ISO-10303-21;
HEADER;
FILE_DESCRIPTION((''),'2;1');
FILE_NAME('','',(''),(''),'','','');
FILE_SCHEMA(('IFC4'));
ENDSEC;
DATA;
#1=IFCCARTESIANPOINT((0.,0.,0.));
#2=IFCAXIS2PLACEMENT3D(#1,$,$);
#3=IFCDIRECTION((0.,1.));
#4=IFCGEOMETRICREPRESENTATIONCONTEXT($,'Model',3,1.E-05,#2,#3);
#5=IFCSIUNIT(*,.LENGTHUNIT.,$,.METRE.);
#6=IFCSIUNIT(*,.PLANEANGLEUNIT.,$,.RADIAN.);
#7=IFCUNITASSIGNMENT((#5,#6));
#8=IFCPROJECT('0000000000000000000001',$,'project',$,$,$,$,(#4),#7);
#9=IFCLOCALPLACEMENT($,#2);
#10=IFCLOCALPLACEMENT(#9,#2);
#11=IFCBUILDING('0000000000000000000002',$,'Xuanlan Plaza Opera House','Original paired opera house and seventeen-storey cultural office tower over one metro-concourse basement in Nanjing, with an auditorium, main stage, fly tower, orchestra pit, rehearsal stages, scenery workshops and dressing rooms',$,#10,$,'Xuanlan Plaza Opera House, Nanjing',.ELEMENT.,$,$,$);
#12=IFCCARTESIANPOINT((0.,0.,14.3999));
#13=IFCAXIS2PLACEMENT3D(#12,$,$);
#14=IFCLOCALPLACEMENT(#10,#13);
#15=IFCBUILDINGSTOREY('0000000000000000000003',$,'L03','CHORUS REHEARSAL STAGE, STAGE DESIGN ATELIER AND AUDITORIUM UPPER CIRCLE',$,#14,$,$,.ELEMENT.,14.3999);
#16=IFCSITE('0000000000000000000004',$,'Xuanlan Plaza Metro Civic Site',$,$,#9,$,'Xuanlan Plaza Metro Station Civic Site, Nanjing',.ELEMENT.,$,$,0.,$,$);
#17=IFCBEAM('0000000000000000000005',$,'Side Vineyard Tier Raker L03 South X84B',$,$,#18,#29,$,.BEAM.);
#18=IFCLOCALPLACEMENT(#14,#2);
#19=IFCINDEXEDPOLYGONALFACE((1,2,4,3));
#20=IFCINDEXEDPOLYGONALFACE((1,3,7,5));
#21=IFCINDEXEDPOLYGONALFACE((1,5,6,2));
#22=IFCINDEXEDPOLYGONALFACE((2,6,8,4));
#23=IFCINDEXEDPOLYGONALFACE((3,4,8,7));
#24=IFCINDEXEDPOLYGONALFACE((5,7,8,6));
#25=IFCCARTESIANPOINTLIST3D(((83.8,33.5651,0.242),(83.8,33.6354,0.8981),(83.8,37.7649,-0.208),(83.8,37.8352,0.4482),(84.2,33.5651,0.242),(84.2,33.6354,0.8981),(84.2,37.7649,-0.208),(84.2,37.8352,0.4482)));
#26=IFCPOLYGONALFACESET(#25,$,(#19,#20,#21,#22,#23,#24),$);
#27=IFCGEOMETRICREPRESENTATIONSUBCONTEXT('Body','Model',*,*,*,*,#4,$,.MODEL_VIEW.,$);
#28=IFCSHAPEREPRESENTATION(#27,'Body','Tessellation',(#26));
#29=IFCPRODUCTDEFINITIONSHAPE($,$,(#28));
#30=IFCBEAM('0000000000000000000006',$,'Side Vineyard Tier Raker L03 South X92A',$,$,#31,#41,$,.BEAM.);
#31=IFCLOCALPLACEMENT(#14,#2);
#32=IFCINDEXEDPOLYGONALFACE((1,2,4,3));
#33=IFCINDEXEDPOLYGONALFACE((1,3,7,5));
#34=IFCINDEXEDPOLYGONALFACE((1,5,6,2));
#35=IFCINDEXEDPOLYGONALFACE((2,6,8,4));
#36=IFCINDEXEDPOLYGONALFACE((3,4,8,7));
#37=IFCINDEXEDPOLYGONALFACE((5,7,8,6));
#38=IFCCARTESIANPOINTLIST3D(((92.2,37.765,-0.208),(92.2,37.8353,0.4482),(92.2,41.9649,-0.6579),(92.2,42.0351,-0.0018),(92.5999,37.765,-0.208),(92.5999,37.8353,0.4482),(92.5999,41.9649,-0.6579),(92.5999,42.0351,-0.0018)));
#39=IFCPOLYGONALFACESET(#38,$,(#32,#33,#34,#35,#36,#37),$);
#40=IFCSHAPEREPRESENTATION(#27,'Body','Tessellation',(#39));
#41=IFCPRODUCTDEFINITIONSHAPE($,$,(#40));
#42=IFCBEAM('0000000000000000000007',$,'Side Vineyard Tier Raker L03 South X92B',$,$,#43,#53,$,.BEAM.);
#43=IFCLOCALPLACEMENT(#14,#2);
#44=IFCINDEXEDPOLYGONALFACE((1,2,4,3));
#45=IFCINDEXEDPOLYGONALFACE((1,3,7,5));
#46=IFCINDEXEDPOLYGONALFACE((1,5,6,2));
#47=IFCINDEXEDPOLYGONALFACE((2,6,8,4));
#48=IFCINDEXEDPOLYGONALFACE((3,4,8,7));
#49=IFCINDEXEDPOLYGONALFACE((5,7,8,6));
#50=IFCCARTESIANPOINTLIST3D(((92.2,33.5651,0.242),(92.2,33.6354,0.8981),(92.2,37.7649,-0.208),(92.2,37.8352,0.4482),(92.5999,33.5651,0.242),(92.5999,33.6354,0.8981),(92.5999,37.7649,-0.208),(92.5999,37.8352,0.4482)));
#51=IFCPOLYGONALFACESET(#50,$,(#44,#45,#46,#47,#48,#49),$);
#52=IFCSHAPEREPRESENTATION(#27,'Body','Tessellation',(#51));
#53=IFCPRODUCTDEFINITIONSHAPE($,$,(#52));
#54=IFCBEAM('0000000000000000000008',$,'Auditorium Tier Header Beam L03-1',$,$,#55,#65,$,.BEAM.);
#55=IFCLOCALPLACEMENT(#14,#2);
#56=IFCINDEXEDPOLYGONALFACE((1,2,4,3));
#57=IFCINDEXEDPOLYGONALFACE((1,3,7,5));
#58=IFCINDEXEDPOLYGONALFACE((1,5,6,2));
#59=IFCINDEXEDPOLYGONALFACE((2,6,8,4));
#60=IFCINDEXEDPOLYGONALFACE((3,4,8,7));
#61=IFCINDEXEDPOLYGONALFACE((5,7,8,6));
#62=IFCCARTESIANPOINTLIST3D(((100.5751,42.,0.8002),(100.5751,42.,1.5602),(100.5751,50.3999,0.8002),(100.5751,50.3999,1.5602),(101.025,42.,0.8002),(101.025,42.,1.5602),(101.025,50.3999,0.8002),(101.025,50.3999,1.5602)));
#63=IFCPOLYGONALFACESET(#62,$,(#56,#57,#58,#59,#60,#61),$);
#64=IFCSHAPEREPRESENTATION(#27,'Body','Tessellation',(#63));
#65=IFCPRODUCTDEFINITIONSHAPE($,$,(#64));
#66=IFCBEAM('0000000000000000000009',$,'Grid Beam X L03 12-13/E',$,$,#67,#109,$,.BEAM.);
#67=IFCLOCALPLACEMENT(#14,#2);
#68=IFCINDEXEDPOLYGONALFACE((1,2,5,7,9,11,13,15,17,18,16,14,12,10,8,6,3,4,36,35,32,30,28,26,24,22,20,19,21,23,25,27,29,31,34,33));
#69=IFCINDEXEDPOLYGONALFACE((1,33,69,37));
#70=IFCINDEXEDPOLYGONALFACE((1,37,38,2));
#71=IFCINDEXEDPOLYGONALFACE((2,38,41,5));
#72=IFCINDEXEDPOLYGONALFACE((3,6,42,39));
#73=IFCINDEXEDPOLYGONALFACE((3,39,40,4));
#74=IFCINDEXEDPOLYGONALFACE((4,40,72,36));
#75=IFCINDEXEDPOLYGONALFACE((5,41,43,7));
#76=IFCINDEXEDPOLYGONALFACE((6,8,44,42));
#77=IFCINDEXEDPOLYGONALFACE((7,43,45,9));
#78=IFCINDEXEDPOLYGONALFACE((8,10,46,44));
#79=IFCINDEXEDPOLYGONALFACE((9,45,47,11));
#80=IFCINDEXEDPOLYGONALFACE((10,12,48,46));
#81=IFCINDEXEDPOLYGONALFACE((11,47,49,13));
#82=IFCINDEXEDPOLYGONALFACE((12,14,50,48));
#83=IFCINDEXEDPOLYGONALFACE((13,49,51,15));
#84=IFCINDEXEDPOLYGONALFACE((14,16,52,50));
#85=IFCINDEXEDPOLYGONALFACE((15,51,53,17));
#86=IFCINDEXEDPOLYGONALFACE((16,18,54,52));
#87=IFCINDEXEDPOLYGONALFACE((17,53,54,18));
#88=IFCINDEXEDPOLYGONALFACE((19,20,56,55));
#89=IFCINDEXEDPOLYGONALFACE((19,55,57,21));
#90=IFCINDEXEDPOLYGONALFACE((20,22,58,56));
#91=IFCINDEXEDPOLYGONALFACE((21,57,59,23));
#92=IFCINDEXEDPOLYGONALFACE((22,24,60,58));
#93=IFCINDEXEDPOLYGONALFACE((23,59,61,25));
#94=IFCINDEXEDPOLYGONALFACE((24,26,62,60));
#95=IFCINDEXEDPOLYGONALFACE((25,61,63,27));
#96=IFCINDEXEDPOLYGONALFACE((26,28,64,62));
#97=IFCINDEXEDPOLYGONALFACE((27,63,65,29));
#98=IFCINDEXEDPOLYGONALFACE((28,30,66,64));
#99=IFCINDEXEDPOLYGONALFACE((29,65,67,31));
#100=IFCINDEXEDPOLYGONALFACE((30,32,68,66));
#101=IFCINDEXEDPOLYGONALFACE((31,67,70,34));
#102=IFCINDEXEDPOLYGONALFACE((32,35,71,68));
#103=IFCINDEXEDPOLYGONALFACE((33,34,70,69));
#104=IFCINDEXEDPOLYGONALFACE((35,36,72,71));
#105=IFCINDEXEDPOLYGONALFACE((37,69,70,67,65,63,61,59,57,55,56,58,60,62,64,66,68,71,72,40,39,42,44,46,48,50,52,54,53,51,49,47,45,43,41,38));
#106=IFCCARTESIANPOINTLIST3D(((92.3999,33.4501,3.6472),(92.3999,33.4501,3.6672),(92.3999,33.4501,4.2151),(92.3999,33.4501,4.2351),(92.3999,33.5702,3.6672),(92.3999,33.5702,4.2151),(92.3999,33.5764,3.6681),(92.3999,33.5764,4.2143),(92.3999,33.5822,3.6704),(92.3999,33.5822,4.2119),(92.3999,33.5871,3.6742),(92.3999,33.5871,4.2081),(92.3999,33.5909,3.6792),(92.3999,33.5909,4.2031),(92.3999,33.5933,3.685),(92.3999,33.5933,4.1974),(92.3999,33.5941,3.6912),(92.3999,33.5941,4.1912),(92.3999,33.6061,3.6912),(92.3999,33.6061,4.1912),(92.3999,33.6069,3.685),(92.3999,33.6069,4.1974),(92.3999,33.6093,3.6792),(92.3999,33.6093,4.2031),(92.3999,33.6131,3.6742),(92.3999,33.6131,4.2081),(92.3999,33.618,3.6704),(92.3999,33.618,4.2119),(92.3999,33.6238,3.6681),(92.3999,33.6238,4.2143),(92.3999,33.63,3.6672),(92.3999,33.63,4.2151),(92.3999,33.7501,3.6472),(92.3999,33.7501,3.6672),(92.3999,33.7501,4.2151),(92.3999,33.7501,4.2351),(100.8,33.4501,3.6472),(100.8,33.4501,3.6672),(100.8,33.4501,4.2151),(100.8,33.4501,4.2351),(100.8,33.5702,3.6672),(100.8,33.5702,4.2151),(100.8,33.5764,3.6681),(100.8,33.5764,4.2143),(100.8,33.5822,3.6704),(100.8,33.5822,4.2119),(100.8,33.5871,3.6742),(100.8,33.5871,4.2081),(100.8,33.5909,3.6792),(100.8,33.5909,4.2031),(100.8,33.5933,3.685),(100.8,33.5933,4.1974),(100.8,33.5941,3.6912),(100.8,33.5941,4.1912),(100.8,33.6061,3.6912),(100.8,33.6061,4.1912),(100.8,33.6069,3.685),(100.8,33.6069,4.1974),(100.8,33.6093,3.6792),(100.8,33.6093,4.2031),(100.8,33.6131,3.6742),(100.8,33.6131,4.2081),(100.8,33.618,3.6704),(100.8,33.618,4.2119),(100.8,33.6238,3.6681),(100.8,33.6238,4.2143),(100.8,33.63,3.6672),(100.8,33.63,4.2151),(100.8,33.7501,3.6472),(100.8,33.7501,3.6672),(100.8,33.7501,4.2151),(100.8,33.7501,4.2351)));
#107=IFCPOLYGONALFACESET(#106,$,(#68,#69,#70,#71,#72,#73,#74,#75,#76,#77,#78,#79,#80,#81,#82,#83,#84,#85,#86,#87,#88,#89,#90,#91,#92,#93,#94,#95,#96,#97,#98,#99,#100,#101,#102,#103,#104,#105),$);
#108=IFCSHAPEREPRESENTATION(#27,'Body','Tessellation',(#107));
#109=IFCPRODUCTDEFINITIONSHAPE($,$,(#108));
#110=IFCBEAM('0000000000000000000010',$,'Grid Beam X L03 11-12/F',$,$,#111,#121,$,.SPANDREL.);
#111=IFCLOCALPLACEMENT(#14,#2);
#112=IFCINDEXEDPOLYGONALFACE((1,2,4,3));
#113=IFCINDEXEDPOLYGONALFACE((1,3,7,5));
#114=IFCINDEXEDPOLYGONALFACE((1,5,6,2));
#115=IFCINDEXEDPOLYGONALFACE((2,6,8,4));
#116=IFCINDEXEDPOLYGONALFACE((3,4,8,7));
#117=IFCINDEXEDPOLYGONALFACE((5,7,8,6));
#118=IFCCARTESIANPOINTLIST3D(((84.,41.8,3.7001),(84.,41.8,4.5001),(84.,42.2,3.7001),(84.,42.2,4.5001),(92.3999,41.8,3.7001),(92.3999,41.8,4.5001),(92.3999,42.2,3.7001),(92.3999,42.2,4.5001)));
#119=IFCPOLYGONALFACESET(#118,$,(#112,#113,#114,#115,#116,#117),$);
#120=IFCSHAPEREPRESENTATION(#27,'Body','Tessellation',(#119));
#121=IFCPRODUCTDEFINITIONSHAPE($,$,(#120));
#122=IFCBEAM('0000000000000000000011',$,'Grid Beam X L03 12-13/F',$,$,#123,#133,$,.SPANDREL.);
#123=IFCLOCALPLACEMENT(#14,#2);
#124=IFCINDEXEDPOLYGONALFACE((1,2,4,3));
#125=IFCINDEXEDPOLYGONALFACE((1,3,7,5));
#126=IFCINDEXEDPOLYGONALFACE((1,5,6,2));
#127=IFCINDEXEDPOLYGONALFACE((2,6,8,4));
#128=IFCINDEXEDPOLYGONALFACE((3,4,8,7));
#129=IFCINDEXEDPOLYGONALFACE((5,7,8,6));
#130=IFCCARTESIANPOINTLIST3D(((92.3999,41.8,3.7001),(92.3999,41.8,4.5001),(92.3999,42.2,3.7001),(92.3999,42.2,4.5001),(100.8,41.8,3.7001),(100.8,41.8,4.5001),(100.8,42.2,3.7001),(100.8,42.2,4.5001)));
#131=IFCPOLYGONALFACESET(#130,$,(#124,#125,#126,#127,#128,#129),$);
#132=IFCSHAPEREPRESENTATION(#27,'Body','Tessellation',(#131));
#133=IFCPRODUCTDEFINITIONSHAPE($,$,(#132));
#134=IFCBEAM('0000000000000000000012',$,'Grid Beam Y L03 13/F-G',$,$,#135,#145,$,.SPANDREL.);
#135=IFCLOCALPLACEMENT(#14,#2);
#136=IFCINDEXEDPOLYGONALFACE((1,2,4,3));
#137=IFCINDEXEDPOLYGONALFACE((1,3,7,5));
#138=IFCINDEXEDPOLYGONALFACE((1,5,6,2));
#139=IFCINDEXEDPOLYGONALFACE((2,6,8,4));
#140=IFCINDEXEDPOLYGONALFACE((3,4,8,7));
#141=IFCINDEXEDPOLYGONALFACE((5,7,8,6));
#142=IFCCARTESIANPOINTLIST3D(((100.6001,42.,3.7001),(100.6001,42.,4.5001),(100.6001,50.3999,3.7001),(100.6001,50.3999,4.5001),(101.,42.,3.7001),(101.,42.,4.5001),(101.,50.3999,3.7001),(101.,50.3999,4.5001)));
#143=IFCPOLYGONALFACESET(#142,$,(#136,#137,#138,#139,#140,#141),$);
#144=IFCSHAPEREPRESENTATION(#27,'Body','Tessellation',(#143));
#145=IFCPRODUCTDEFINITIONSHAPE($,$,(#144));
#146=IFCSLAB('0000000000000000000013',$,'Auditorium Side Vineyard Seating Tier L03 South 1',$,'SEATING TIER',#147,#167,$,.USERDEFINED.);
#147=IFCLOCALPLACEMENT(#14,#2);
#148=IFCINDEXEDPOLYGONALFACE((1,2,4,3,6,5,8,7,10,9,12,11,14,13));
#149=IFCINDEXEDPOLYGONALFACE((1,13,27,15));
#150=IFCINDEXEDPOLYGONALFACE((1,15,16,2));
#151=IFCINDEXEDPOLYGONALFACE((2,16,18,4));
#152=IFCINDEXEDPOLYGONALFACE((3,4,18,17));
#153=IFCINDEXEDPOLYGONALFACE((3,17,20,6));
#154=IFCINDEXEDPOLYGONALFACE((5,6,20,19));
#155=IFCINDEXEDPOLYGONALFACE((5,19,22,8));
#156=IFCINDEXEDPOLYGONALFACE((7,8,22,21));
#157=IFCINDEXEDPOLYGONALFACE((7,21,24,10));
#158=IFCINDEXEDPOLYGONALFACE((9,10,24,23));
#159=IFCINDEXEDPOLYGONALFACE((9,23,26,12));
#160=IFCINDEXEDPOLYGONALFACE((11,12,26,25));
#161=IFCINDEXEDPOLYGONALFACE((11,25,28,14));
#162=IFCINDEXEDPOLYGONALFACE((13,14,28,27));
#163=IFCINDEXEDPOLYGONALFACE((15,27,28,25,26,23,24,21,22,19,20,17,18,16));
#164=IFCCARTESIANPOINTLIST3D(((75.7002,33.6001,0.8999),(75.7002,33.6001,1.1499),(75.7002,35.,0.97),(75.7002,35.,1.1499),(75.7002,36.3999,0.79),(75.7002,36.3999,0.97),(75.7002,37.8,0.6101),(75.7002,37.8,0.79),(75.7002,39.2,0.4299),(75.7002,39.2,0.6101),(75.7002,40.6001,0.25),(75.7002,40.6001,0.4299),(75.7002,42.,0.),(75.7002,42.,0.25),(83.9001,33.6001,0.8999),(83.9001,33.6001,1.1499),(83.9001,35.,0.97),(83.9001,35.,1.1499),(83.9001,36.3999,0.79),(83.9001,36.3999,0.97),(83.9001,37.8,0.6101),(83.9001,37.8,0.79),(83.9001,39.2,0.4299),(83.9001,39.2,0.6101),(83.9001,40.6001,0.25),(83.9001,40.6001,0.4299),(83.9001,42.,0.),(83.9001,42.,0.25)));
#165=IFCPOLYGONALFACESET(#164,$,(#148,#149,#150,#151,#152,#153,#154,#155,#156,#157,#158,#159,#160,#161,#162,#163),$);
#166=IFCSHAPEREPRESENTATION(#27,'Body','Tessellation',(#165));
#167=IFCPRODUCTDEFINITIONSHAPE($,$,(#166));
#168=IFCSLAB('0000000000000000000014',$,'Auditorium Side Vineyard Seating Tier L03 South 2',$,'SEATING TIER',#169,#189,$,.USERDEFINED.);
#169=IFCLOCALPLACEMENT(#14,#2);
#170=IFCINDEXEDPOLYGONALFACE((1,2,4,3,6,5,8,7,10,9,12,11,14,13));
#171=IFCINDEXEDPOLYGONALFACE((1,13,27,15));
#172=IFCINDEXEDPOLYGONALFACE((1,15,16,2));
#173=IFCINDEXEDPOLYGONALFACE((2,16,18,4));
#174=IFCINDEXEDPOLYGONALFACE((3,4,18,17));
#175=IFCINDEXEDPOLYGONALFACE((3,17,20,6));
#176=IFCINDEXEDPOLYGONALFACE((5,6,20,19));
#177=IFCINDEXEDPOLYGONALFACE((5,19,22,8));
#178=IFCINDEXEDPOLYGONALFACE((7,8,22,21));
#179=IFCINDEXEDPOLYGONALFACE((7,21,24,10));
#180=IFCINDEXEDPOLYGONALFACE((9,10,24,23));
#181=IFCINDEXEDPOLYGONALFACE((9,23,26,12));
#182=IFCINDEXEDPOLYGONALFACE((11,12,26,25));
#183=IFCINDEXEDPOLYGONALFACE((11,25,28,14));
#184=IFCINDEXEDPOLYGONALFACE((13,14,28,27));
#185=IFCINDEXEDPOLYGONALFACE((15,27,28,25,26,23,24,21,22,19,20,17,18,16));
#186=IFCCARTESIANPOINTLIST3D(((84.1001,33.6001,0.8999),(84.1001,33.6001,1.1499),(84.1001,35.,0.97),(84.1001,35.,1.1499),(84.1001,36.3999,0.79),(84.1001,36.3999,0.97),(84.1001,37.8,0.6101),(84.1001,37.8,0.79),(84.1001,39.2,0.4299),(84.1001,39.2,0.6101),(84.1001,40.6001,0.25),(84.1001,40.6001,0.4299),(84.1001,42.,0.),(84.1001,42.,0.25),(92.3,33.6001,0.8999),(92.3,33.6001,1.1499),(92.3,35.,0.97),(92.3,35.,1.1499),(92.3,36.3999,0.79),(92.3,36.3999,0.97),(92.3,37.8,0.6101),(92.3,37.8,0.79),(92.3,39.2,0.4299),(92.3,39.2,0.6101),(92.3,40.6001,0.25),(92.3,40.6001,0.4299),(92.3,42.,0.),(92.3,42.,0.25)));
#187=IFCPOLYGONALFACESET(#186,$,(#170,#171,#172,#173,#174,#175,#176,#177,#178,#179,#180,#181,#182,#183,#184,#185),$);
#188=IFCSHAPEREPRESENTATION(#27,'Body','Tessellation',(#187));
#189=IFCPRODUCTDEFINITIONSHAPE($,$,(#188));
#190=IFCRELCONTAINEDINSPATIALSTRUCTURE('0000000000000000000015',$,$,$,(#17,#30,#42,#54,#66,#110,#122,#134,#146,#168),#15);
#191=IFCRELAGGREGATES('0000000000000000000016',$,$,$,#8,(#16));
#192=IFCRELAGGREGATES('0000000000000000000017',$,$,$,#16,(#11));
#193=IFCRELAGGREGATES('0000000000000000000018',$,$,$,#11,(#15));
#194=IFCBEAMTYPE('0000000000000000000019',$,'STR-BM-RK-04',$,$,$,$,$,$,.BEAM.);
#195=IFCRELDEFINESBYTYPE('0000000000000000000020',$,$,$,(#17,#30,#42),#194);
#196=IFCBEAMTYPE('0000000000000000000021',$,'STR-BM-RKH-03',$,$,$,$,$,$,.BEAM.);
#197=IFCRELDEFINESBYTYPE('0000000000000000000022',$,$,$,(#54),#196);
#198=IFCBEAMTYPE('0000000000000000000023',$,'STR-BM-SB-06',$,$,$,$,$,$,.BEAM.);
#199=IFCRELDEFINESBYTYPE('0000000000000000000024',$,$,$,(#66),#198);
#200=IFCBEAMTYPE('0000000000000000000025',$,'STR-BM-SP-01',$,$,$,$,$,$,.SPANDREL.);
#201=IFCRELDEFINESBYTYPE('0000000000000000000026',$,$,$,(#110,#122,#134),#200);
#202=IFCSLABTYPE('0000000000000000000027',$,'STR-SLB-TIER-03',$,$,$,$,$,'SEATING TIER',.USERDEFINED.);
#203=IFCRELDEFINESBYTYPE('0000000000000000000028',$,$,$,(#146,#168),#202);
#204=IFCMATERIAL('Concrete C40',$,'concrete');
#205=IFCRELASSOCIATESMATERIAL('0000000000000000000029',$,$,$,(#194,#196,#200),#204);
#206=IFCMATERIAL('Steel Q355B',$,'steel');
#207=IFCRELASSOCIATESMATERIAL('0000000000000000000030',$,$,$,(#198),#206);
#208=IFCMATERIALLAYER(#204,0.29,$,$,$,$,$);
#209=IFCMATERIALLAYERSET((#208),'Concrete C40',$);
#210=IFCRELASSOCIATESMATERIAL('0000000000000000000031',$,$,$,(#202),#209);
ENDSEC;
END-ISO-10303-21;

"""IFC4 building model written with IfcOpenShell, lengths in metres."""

from ifc_helpers import new_model, si_unit, direction, frame, origin, origin_2d, place, context, subcontext, project, spatial, polyline, rectangle, i_section, outline, extrude, material, layer, layer_set, material_profile, profile_set, type_object, element, save


model = new_model("IFC4")

# Units and contexts
model_context = context("Model", 3, precision=1e-05, world=origin(), true_north=direction((0.0, 1.0)))
body_context = subcontext(model_context, "Body", "Model", "MODEL_VIEW")
ifc_project = project(units=[si_unit("LENGTHUNIT", "METRE"), si_unit("PLANEANGLEUNIT", "RADIAN")], contexts=[model_context])

# Site, building, storey
site_placement = place(None, origin())
site = spatial("IfcSite", under=ifc_project, at=site_placement, Name="Xuanlan Plaza Metro Civic Site", LongName="Xuanlan Plaza Metro Station Civic Site, Nanjing", CompositionType="ELEMENT", RefElevation=0.0)
building_placement = place(site_placement, origin())
building = spatial("IfcBuilding", under=site, at=building_placement, Name="Xuanlan Plaza Opera House", Description="Original paired opera house and seventeen-storey cultural office tower over one metro-concourse basement in Nanjing, with an auditorium, main stage, fly tower, orchestra pit, rehearsal stages, scenery workshops and dressing rooms", LongName="Xuanlan Plaza Opera House, Nanjing", CompositionType="ELEMENT")
storey_placement = place(building_placement, frame((0.0, 0.0, 14.3999)))
storey = spatial("IfcBuildingStorey", under=building, at=storey_placement, Name="L03", Description="CHORUS REHEARSAL STAGE, STAGE DESIGN ATELIER AND AUDITORIUM UPPER CIRCLE", CompositionType="ELEMENT", Elevation=14.3999)

# Shared definitions
ifc_material_1 = material(Name="Concrete C40", Category="concrete")

# Beams
ifc_material_profile_1 = material_profile(ifc_material_1, rectangle(XDim=0.3999, YDim=0.6599, at=origin_2d()), Name="RC-RKR 400x660")
ifc_profile_set_1 = profile_set([ifc_material_profile_1], Name="Concrete C40")
beam_type_1 = type_object("IfcBeamType", Name="STR-BM-RK-04", PredefinedType="BEAM", material=ifc_profile_set_1)
for number, where, z_axis, x_axis, name in (
    (1, (84.0, 37.8, 0.1201), (0.0, -0.99431, 0.106523), (1.0, 0.0, 0.0), "Side Vineyard Tier Raker L03 South X84B"),
    (2, (92.3999, 42.0, -0.3298), (0.0, -0.99431, 0.106523), (1.0, 0.0, 0.0), "Side Vineyard Tier Raker L03 South X92A"),
    (3, (92.3999, 37.8, 0.1201), (0.0, -0.99431, 0.106523), (1.0, 0.0, 0.0), "Side Vineyard Tier Raker L03 South X92B"),
):
    element("IfcBeam", number, at=place(storey_placement, frame(where, z_axis=z_axis, x_axis=x_axis)), inside=storey, type_object=beam_type_1, Name=name, PredefinedType="BEAM", context=body_context, shape_type="SweptSolid", body=[
        extrude(rectangle(XDim=0.3999, YDim=0.6599, at=origin_2d()), origin(), (0.0, 0.0, 1.0), 4.2239),
    ])
ifc_material_profile_2 = material_profile(ifc_material_1, rectangle(XDim=0.45, YDim=0.76, at=origin_2d()), Name="RC-RKR 450x760")
ifc_profile_set_2 = profile_set([ifc_material_profile_2], Name="Concrete C40")
beam_type_2 = type_object("IfcBeamType", Name="STR-BM-RKH-03", PredefinedType="BEAM", material=ifc_profile_set_2)
beam_1_placement = place(storey_placement, frame((100.8, 42.0, 1.1802), z_axis=(0.0, 1.0, 0.0), x_axis=(-1.0, 0.0, 0.0)))
element("IfcBeam", 4, at=beam_1_placement, inside=storey, type_object=beam_type_2, Name="Auditorium Tier Header Beam L03-1", PredefinedType="BEAM", context=body_context, shape_type="SweptSolid", body=[
    extrude(rectangle(XDim=0.45, YDim=0.76, at=origin_2d()), origin(), (0.0, 0.0, 1.0), 8.3999),
])
ifc_material_2 = material(Name="Steel Q355B", Category="steel")
ifc_material_profile_3 = material_profile(ifc_material_2, i_section(OverallWidth=0.3, OverallDepth=0.5879, WebThickness=0.012, FlangeThickness=0.02, FilletRadius=0.0239, at=origin_2d()), Name="HM 588x300x12x20")
ifc_profile_set_3 = profile_set([ifc_material_profile_3], Name="Steel Q355B")
beam_type_3 = type_object("IfcBeamType", Name="STR-BM-SB-06", PredefinedType="BEAM", material=ifc_profile_set_3)
beam_2_placement = place(storey_placement, frame((92.3999, 33.6001, 3.9412), z_axis=(1.0, 0.0, 0.0), x_axis=(0.0, 1.0, 0.0)))
element("IfcBeam", 5, at=beam_2_placement, inside=storey, type_object=beam_type_3, Name="Grid Beam X L03 12-13/E", PredefinedType="BEAM", context=body_context, shape_type="SweptSolid", body=[
    extrude(i_section(OverallWidth=0.3, OverallDepth=0.5879, WebThickness=0.012, FlangeThickness=0.02, FilletRadius=0.0239, at=origin_2d()), origin(), (0.0, 0.0, 1.0), 8.4001),
])
ifc_material_profile_4 = material_profile(ifc_material_1, rectangle(XDim=0.3999, YDim=0.8, at=origin_2d()), Name="RC-SPD 400x800")
ifc_profile_set_4 = profile_set([ifc_material_profile_4], Name="Concrete C40")
beam_type_4 = type_object("IfcBeamType", Name="STR-BM-SP-01", PredefinedType="SPANDREL", material=ifc_profile_set_4)
beam_3_placement = place(storey_placement, frame((84.0, 42.0, 4.1001), z_axis=(1.0, 0.0, 0.0), x_axis=(0.0, 1.0, 0.0)))
element("IfcBeam", 6, at=beam_3_placement, inside=storey, type_object=beam_type_4, Name="Grid Beam X L03 11-12/F", PredefinedType="SPANDREL", context=body_context, shape_type="SweptSolid", body=[
    extrude(rectangle(XDim=0.3999, YDim=0.8, at=origin_2d()), origin(), (0.0, 0.0, 1.0), 8.3999),
])
beam_4_placement = place(storey_placement, frame((92.3999, 42.0, 4.1001), z_axis=(1.0, 0.0, 0.0), x_axis=(0.0, 1.0, 0.0)))
element("IfcBeam", 7, at=beam_4_placement, inside=storey, type_object=beam_type_4, Name="Grid Beam X L03 12-13/F", PredefinedType="SPANDREL", context=body_context, shape_type="SweptSolid", body=[
    extrude(rectangle(XDim=0.3999, YDim=0.8, at=origin_2d()), origin(), (0.0, 0.0, 1.0), 8.4001),
])
beam_5_placement = place(storey_placement, frame((100.8, 42.0, 4.1001), z_axis=(0.0, 1.0, 0.0), x_axis=(-1.0, 0.0, 0.0)))
element("IfcBeam", 8, at=beam_5_placement, inside=storey, type_object=beam_type_4, Name="Grid Beam Y L03 13/F-G", PredefinedType="SPANDREL", context=body_context, shape_type="SweptSolid", body=[
    extrude(rectangle(XDim=0.3999, YDim=0.8, at=origin_2d()), origin(), (0.0, 0.0, 1.0), 8.3999),
])

# Slabs
ifc_layer_1 = layer(ifc_material_1, 0.29)
ifc_layer_set_1 = layer_set([ifc_layer_1], Name="Concrete C40")
slab_type = type_object("IfcSlabType", Name="STR-SLB-TIER-03", ElementType="SEATING TIER", PredefinedType="USERDEFINED", material=ifc_layer_set_1)
for number, where, z_axis, x_axis, name in (
    (9, (79.8, 42.0, 0.0), (0.0, 0.0, 1.0), (0.0, -1.0, 0.0), "Auditorium Side Vineyard Seating Tier L03 South 1"),
    (10, (88.2, 42.0, 0.0), (0.0, 0.0, 1.0), (0.0, -1.0, 0.0), "Auditorium Side Vineyard Seating Tier L03 South 2"),
):
    element("IfcSlab", number, at=place(storey_placement, frame(where, z_axis=z_axis, x_axis=x_axis)), inside=storey, type_object=slab_type, Name=name, ObjectType="SEATING TIER", PredefinedType="USERDEFINED", context=body_context, shape_type="SweptSolid", body=[
        extrude(outline(polyline([(0.0, 0.0), (0.0, 0.25), (1.3999, 0.25), (1.3999, 0.4299), (2.8, 0.4299), (2.8, 0.6101), (4.2, 0.6101), (4.2, 0.79), (5.6001, 0.79), (5.6001, 0.97), (7.0, 0.97), (7.0, 1.1499), (8.3999, 1.1499), (8.3999, 0.8999), (0.0, 0.0)])), frame((0.0, 4.1001, 0.0), z_axis=(0.0, -1.0, 0.0), x_axis=(1.0, 0.0, 0.0)), (0.0, 0.0, 1.0), 8.2),
    ])

save(model, "model.ifc")
